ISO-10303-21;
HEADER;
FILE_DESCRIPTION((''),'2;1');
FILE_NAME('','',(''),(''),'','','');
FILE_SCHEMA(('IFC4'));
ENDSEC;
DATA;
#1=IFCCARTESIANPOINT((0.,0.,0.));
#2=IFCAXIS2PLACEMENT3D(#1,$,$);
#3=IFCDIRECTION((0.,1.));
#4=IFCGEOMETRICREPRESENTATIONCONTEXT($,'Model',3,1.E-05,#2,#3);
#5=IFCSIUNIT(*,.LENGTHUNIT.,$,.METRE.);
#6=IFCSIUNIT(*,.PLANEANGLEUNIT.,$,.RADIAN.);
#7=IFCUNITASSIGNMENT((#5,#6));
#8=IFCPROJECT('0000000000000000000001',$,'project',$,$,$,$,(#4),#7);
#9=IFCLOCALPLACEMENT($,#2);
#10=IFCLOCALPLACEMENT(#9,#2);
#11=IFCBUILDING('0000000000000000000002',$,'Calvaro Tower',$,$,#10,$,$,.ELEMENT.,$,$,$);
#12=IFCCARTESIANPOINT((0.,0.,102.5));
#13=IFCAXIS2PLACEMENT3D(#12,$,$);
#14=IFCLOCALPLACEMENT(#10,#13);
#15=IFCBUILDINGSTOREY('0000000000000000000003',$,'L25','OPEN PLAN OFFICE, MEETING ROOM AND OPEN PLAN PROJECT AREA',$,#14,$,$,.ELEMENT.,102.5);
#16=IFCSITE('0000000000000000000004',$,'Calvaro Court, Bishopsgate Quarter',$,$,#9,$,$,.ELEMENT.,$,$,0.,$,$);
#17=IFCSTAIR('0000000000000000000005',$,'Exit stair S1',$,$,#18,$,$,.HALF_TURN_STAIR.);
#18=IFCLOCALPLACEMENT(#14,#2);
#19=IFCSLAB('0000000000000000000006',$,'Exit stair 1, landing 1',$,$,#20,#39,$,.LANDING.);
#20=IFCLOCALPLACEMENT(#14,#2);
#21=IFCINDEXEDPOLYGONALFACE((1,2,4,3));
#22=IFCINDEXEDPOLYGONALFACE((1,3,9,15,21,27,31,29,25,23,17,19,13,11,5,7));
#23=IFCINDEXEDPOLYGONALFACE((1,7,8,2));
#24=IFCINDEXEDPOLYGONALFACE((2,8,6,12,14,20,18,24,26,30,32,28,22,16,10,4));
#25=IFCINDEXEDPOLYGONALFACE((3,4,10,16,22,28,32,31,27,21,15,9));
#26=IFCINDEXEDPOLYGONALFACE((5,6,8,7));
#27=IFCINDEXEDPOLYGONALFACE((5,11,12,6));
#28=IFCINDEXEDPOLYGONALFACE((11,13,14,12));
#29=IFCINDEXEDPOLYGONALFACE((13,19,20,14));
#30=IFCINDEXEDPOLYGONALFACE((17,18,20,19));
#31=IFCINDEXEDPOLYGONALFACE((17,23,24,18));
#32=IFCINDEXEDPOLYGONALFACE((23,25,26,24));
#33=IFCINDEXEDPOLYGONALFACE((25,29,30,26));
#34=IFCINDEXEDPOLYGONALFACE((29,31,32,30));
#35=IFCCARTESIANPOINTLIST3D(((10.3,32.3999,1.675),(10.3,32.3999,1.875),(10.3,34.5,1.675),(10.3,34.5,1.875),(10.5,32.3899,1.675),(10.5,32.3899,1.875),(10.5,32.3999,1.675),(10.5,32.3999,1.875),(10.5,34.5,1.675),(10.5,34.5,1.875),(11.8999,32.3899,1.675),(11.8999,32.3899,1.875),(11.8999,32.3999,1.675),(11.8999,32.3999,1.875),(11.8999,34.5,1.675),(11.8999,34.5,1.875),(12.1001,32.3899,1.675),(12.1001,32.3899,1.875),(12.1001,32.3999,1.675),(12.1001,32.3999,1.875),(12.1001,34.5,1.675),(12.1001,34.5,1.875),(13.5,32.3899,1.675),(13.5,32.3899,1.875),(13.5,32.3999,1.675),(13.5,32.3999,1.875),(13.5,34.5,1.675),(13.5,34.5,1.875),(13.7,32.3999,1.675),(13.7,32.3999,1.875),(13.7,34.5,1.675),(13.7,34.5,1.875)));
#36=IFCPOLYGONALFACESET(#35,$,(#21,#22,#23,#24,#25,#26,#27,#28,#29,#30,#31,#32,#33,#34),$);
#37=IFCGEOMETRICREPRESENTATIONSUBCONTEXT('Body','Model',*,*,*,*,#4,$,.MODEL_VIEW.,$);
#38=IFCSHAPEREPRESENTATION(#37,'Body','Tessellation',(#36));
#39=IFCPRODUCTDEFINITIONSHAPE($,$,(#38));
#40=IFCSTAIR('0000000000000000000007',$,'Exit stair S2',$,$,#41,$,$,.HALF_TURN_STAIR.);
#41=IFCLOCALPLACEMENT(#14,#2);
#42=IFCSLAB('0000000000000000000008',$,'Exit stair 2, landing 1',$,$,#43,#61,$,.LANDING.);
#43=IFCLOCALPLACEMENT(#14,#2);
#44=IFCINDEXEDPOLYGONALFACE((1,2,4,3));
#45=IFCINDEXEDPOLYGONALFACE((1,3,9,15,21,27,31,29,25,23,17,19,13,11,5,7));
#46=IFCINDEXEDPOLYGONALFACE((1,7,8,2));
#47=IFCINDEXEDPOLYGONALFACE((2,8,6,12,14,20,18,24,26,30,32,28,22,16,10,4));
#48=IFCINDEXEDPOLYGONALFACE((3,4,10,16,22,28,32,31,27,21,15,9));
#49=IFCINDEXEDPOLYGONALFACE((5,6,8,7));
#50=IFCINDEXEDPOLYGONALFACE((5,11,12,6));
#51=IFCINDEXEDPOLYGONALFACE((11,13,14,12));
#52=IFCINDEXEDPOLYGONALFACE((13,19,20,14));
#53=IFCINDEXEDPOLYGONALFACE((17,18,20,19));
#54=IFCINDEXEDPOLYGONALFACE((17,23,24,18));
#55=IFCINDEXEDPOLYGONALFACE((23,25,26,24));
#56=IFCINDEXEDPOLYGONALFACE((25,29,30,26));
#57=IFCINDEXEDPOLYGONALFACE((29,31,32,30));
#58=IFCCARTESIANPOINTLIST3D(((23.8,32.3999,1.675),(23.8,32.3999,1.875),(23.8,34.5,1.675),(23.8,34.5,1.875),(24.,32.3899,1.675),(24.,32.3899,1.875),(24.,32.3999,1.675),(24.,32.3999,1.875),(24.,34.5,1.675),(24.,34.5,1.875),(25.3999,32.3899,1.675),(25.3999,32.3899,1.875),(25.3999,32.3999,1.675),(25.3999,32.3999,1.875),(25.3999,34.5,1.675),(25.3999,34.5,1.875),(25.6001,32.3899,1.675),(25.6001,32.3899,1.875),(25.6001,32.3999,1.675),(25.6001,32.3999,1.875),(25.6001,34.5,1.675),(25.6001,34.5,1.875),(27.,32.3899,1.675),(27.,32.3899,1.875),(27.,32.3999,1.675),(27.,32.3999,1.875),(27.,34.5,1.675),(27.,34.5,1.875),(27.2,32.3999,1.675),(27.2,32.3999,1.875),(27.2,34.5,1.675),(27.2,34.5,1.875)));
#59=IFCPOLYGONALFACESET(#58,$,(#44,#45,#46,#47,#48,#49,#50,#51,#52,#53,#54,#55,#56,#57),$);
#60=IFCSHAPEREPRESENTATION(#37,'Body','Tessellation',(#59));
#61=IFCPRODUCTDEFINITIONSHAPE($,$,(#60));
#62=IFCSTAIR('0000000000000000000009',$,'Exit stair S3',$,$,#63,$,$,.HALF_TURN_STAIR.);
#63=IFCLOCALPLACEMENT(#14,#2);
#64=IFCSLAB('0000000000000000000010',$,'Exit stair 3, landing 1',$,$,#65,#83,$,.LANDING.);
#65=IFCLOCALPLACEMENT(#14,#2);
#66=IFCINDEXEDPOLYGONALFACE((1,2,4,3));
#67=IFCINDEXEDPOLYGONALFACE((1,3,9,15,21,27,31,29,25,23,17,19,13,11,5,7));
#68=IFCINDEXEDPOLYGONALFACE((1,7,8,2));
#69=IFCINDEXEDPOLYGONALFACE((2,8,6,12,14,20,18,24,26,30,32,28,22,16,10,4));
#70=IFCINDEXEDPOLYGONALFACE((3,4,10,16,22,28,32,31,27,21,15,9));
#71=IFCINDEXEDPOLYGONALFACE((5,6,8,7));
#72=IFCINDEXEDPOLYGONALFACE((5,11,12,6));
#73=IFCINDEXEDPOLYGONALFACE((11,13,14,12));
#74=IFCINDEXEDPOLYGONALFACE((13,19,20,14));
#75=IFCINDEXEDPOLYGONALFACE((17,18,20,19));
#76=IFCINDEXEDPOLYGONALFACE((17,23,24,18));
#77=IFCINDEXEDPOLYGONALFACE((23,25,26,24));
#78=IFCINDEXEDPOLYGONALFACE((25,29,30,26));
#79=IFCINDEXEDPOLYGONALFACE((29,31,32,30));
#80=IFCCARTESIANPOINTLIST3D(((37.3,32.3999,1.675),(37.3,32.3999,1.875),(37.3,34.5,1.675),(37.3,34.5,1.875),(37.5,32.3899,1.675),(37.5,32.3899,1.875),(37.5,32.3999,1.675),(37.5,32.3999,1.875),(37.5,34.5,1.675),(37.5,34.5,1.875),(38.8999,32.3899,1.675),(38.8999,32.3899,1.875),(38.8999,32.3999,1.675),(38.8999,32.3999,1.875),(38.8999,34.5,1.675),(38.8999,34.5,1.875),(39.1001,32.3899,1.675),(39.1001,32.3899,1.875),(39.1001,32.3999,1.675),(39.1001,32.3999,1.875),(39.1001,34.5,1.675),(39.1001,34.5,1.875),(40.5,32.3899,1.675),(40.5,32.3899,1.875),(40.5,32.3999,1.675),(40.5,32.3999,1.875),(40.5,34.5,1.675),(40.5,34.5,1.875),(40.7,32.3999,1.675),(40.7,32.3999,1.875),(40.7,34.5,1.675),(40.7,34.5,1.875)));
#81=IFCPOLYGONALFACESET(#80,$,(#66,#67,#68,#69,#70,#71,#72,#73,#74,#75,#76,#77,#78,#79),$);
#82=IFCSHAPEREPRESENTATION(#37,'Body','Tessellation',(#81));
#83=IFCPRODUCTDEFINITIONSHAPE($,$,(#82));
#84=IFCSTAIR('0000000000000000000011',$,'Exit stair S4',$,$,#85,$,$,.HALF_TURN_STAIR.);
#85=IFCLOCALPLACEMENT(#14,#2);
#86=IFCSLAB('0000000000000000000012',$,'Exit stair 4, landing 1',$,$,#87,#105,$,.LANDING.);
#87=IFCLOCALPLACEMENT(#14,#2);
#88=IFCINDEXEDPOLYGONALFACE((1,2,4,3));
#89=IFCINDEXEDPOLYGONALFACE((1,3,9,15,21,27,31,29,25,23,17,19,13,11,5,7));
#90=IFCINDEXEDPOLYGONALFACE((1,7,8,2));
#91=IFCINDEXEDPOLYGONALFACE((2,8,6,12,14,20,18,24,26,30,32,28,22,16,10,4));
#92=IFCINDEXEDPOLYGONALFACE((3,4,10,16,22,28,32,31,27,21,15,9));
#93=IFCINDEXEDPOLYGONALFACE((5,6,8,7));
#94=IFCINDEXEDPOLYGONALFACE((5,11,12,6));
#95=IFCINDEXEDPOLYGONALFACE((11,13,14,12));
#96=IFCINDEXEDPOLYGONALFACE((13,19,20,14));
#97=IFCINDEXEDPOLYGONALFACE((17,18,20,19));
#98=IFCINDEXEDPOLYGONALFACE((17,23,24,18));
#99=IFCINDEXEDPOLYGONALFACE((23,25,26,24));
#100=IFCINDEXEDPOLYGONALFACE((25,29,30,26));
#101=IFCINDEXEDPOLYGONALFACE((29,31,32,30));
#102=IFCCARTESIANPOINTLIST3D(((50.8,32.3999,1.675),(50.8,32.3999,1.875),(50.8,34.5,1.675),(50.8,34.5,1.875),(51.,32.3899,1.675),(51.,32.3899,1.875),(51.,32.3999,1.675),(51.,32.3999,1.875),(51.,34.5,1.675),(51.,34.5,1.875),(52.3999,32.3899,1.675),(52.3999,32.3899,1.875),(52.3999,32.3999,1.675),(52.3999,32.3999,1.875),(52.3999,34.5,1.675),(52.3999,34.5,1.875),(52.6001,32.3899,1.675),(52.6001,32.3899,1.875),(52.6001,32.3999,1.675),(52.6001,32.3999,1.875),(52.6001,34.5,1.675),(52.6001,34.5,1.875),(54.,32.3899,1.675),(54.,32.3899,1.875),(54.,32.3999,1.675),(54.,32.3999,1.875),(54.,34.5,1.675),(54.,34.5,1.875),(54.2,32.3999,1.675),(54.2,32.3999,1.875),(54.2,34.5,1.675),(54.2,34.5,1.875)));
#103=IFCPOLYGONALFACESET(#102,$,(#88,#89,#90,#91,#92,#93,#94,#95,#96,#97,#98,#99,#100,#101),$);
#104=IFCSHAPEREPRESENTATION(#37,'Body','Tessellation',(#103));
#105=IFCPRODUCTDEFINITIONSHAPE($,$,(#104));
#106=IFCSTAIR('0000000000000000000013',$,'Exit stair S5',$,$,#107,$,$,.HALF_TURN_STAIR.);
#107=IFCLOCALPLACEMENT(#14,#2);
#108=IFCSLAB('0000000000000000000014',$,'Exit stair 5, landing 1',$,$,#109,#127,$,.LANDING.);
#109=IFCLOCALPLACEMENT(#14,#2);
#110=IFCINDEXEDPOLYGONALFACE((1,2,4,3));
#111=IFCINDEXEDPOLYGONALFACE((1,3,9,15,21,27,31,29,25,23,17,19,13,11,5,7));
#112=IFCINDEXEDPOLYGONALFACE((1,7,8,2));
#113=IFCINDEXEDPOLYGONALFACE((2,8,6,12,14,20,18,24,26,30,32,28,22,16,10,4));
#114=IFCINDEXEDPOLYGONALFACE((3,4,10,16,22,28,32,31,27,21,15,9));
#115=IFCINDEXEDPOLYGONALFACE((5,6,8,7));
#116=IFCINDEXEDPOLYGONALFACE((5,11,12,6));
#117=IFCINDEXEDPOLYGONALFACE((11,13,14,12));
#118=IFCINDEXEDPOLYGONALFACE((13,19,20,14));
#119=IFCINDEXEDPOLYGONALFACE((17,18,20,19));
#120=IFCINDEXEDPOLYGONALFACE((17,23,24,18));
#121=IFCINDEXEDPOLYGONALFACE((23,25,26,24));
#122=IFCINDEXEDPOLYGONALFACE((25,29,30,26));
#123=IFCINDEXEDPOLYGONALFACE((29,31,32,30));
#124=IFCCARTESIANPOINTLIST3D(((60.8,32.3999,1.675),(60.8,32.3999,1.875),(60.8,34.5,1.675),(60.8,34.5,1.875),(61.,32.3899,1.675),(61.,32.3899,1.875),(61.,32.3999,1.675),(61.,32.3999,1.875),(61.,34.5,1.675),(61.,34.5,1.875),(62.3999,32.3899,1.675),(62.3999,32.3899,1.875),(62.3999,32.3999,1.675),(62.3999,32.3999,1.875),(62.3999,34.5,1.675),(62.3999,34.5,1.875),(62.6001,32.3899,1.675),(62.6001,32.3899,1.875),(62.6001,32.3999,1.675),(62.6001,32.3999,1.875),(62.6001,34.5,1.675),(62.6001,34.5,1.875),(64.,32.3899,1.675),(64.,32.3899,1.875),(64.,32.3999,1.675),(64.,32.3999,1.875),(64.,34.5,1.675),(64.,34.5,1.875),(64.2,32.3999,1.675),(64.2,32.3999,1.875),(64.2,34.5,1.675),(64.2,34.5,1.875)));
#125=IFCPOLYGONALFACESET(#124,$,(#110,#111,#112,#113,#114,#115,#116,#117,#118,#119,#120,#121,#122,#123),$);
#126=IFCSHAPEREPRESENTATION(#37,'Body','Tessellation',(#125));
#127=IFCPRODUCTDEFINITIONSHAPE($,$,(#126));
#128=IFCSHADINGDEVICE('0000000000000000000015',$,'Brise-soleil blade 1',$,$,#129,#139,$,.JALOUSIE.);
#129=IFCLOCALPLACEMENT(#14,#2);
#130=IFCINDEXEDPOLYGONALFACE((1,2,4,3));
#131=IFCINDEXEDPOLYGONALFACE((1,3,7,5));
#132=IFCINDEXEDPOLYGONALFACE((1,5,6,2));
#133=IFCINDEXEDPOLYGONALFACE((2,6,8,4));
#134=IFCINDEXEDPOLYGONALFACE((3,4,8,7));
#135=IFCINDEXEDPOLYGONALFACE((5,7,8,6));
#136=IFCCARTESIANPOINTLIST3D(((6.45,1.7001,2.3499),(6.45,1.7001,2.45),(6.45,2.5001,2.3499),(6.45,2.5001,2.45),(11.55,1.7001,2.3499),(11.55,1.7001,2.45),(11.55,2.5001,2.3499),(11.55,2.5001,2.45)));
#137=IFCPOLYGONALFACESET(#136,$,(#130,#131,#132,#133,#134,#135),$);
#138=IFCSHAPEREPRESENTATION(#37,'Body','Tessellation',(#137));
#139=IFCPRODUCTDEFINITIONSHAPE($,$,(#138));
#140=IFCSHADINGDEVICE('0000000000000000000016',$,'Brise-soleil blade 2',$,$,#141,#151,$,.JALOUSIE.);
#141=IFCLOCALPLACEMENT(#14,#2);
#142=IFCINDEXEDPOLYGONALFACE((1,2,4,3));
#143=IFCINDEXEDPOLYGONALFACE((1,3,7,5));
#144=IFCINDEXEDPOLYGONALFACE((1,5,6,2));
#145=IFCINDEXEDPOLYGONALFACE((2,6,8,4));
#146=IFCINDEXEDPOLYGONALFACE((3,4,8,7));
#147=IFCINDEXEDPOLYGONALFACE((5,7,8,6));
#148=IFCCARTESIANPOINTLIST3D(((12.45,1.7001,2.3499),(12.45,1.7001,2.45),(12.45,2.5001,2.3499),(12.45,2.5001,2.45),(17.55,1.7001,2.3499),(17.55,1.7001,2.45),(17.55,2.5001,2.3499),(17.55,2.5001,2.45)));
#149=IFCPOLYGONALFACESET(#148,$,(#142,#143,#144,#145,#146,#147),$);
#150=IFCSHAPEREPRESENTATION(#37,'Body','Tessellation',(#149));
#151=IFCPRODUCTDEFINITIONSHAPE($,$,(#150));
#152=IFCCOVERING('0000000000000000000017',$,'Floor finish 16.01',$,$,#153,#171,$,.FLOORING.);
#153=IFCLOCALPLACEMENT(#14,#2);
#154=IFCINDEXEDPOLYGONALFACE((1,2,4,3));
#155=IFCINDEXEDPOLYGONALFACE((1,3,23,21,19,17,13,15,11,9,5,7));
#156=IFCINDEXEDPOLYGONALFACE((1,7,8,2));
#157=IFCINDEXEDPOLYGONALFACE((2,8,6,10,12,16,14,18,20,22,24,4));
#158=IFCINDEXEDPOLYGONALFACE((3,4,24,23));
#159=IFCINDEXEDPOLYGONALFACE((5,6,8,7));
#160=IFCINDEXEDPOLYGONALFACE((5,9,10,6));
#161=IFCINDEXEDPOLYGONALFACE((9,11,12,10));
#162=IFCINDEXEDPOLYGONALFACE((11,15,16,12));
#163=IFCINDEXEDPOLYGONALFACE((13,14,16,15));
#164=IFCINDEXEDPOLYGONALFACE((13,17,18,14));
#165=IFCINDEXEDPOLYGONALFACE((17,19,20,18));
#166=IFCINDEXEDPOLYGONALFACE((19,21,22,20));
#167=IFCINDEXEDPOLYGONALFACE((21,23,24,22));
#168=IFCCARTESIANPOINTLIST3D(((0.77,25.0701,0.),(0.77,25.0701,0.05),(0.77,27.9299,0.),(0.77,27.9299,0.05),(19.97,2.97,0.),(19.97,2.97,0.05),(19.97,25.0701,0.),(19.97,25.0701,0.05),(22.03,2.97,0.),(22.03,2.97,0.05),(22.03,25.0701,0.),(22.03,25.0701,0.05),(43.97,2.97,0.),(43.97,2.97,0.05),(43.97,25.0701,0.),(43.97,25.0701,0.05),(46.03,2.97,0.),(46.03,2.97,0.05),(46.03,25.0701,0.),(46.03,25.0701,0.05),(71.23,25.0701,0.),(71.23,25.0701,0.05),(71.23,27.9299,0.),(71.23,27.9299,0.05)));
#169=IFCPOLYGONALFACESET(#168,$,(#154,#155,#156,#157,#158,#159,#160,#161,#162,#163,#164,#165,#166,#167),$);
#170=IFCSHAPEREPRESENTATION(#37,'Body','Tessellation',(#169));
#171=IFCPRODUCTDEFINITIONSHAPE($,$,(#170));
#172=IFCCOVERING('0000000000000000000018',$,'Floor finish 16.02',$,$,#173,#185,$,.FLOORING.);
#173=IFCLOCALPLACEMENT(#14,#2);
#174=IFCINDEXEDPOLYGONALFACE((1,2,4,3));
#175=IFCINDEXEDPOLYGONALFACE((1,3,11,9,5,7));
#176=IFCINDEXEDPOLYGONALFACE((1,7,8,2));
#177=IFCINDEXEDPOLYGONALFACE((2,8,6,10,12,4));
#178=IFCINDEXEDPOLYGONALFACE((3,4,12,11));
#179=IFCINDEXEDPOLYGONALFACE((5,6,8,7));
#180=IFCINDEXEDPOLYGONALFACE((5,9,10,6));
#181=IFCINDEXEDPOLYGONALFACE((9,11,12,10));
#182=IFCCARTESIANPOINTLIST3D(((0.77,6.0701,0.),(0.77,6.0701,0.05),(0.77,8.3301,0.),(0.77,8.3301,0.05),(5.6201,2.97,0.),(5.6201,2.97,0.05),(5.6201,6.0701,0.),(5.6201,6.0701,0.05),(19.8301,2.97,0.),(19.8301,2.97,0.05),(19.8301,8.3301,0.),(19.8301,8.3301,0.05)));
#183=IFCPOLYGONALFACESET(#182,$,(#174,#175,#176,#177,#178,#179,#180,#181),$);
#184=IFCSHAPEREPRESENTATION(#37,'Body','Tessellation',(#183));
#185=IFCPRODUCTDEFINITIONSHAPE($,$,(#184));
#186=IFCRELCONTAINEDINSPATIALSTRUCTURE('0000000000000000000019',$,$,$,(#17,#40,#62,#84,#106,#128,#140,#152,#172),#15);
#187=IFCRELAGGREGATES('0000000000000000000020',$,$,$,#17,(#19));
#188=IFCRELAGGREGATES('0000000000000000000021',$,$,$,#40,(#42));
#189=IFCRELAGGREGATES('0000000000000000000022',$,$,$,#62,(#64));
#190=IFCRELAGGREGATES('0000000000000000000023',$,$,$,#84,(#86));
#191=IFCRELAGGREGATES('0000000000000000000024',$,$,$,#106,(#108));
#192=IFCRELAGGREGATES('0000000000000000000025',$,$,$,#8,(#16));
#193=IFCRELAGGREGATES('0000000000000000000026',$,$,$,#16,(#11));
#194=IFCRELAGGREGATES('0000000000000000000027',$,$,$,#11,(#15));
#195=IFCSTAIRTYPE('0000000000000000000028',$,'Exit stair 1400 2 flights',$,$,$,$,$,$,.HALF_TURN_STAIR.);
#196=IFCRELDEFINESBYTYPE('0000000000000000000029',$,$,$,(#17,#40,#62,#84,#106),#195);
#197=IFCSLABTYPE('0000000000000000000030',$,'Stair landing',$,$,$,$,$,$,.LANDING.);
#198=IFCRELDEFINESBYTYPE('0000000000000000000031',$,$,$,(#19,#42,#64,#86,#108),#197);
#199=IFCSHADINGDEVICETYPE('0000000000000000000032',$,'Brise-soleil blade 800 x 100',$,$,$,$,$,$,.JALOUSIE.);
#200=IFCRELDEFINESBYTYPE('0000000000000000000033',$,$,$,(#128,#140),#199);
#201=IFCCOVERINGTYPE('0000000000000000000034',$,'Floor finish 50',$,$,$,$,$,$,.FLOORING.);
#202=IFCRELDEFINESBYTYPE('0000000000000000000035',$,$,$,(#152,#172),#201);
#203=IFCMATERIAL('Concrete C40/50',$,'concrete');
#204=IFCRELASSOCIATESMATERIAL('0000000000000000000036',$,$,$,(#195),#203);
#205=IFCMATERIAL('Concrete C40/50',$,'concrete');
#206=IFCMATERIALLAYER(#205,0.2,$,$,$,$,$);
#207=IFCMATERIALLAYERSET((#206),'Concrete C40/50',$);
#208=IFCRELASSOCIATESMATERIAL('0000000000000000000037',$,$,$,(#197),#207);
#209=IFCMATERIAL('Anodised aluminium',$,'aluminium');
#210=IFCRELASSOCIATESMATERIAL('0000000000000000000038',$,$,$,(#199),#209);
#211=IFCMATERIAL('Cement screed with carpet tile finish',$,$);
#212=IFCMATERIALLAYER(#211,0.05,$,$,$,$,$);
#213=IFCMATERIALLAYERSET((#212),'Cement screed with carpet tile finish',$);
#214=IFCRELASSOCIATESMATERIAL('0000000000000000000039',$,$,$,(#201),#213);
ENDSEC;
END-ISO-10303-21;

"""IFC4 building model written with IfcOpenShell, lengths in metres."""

from ifc_helpers import new_model, si_unit, direction, frame, origin, origin_2d, place, context, subcontext, project, spatial, polyline, rectangle, outline, extrude, material, layer, layer_set, material_profile, profile_set, type_object, element, aggregate, save


model = new_model("IFC4")

# Units and contexts
model_context = context("Model", 3, precision=1e-05, world=origin(), true_north=direction((0.0, 1.0)))
body_context = subcontext(model_context, "Body", "Model", "MODEL_VIEW")
ifc_project = project(units=[si_unit("LENGTHUNIT", "METRE"), si_unit("PLANEANGLEUNIT", "RADIAN")], contexts=[model_context])

# Site, building, storey
site_placement = place(None, origin())
site = spatial("IfcSite", under=ifc_project, at=site_placement, Name="Calvaro Court, Bishopsgate Quarter", CompositionType="ELEMENT", RefElevation=0.0)
building_placement = place(site_placement, origin())
building = spatial("IfcBuilding", under=site, at=building_placement, Name="Calvaro Tower", CompositionType="ELEMENT")
storey_placement = place(building_placement, frame((0.0, 0.0, 102.5)))
storey = spatial("IfcBuildingStorey", under=building, at=storey_placement, Name="L25", Description="OPEN PLAN OFFICE, MEETING ROOM AND OPEN PLAN PROJECT AREA", CompositionType="ELEMENT", Elevation=102.5)

# Stairs, slabs
ifc_material_1 = material(Name="Concrete C40/50", Category="concrete")
stair_type = type_object("IfcStairType", Name="Exit stair 1400 2 flights", PredefinedType="HALF_TURN_STAIR", material=ifc_material_1)
stair_1_placement = place(storey_placement, origin())
stair_1 = element("IfcStair", 1, at=stair_1_placement, inside=storey, type_object=stair_type, Name="Exit stair S1", PredefinedType="HALF_TURN_STAIR")
ifc_material_2 = material(Name="Concrete C40/50", Category="concrete")
ifc_layer_1 = layer(ifc_material_2, 0.2)
ifc_layer_set_1 = layer_set([ifc_layer_1], Name="Concrete C40/50")
slab_type_1 = type_object("IfcSlabType", Name="Stair landing", PredefinedType="LANDING", material=ifc_layer_set_1)
slab_1_placement = place(storey_placement, frame((0.0, 0.0, 1.675)))
slab_1 = element("IfcSlab", 2, at=slab_1_placement, type_object=slab_type_1, Name="Exit stair 1, landing 1", PredefinedType="LANDING", context=body_context, shape_type="SweptSolid", body=[
    extrude(outline(polyline([(11.8999, 32.3899), (10.5, 32.3899), (10.5, 32.3999), (10.3, 32.3999), (10.3, 34.5), (10.5, 34.5), (11.8999, 34.5), (12.1001, 34.5), (13.5, 34.5), (13.7, 34.5), (13.7, 32.3999), (13.5, 32.3999), (13.5, 32.3899), (12.1001, 32.3899), (12.1001, 32.3999), (11.8999, 32.3999), (11.8999, 32.3899)])), origin(), (0.0, 0.0, 1.0), 0.2),
])
aggregate(stair_1, [slab_1])
stair_2_placement = place(storey_placement, origin())
stair_2 = element("IfcStair", 3, at=stair_2_placement, inside=storey, type_object=stair_type, Name="Exit stair S2", PredefinedType="HALF_TURN_STAIR")
slab_2_placement = place(storey_placement, frame((0.0, 0.0, 1.675)))
slab_2 = element("IfcSlab", 4, at=slab_2_placement, type_object=slab_type_1, Name="Exit stair 2, landing 1", PredefinedType="LANDING", context=body_context, shape_type="SweptSolid", body=[
    extrude(outline(polyline([(25.3999, 32.3899), (24.0, 32.3899), (24.0, 32.3999), (23.8, 32.3999), (23.8, 34.5), (24.0, 34.5), (25.3999, 34.5), (25.6001, 34.5), (27.0, 34.5), (27.2, 34.5), (27.2, 32.3999), (27.0, 32.3999), (27.0, 32.3899), (25.6001, 32.3899), (25.6001, 32.3999), (25.3999, 32.3999), (25.3999, 32.3899)])), origin(), (0.0, 0.0, 1.0), 0.2),
])
aggregate(stair_2, [slab_2])
stair_3_placement = place(storey_placement, origin())
stair_3 = element("IfcStair", 5, at=stair_3_placement, inside=storey, type_object=stair_type, Name="Exit stair S3", PredefinedType="HALF_TURN_STAIR")
slab_3_placement = place(storey_placement, frame((0.0, 0.0, 1.675)))
slab_3 = element("IfcSlab", 6, at=slab_3_placement, type_object=slab_type_1, Name="Exit stair 3, landing 1", PredefinedType="LANDING", context=body_context, shape_type="SweptSolid", body=[
    extrude(outline(polyline([(38.8999, 32.3899), (37.5, 32.3899), (37.5, 32.3999), (37.3, 32.3999), (37.3, 34.5), (37.5, 34.5), (38.8999, 34.5), (39.1001, 34.5), (40.5, 34.5), (40.7, 34.5), (40.7, 32.3999), (40.5, 32.3999), (40.5, 32.3899), (39.1001, 32.3899), (39.1001, 32.3999), (38.8999, 32.3999), (38.8999, 32.3899)])), origin(), (0.0, 0.0, 1.0), 0.2),
])
aggregate(stair_3, [slab_3])
stair_4_placement = place(storey_placement, origin())
stair_4 = element("IfcStair", 7, at=stair_4_placement, inside=storey, type_object=stair_type, Name="Exit stair S4", PredefinedType="HALF_TURN_STAIR")
slab_4_placement = place(storey_placement, frame((0.0, 0.0, 1.675)))
slab_4 = element("IfcSlab", 8, at=slab_4_placement, type_object=slab_type_1, Name="Exit stair 4, landing 1", PredefinedType="LANDING", context=body_context, shape_type="SweptSolid", body=[
    extrude(outline(polyline([(52.3999, 32.3899), (51.0, 32.3899), (51.0, 32.3999), (50.8, 32.3999), (50.8, 34.5), (51.0, 34.5), (52.3999, 34.5), (52.6001, 34.5), (54.0, 34.5), (54.2, 34.5), (54.2, 32.3999), (54.0, 32.3999), (54.0, 32.3899), (52.6001, 32.3899), (52.6001, 32.3999), (52.3999, 32.3999), (52.3999, 32.3899)])), origin(), (0.0, 0.0, 1.0), 0.2),
])
aggregate(stair_4, [slab_4])
stair_5_placement = place(storey_placement, origin())
stair_5 = element("IfcStair", 9, at=stair_5_placement, inside=storey, type_object=stair_type, Name="Exit stair S5", PredefinedType="HALF_TURN_STAIR")
slab_5_placement = place(storey_placement, frame((0.0, 0.0, 1.675)))
slab_5 = element("IfcSlab", 10, at=slab_5_placement, type_object=slab_type_1, Name="Exit stair 5, landing 1", PredefinedType="LANDING", context=body_context, shape_type="SweptSolid", body=[
    extrude(outline(polyline([(62.3999, 32.3899), (61.0, 32.3899), (61.0, 32.3999), (60.8, 32.3999), (60.8, 34.5), (61.0, 34.5), (62.3999, 34.5), (62.6001, 34.5), (64.0, 34.5), (64.2, 34.5), (64.2, 32.3999), (64.0, 32.3999), (64.0, 32.3899), (62.6001, 32.3899), (62.6001, 32.3999), (62.3999, 32.3999), (62.3999, 32.3899)])), origin(), (0.0, 0.0, 1.0), 0.2),
])
aggregate(stair_5, [slab_5])

# Shading devices
ifc_material_3 = material(Name="Anodised aluminium", Category="aluminium")
ifc_material_profile_1 = material_profile(ifc_material_3, rectangle(XDim=0.8, YDim=0.1001, at=origin_2d()), Name="Brise-soleil blade 800 x 100")
ifc_profile_set_1 = profile_set([ifc_material_profile_1], Name="Anodised aluminium")
shading_device_type = type_object("IfcShadingDeviceType", Name="Brise-soleil blade 800 x 100", PredefinedType="JALOUSIE", material=ifc_profile_set_1)
for number, where, z_axis, x_axis, name in (
    (11, (6.45, 2.1001, 2.3999), (1.0, 0.0, 0.0), (0.0, 1.0, 0.0), "Brise-soleil blade 1"),
    (12, (12.45, 2.1001, 2.3999), (1.0, 0.0, 0.0), (0.0, 1.0, 0.0), "Brise-soleil blade 2"),
):
    element("IfcShadingDevice", number, at=place(storey_placement, frame(where, z_axis=z_axis, x_axis=x_axis)), inside=storey, type_object=shading_device_type, Name=name, PredefinedType="JALOUSIE", context=body_context, shape_type="SweptSolid", body=[
        extrude(rectangle(XDim=0.8, YDim=0.1001, at=origin_2d()), origin(), (0.0, 0.0, 1.0), 5.1001),
    ])

# Coverings
ifc_material_4 = material(Name="Cement screed with carpet tile finish")
ifc_layer_2 = layer(ifc_material_4, 0.05)
ifc_layer_set_2 = layer_set([ifc_layer_2], Name="Cement screed with carpet tile finish")
covering_type = type_object("IfcCoveringType", Name="Floor finish 50", PredefinedType="FLOORING", material=ifc_layer_set_2)
covering_1_placement = place(storey_placement, origin())
element("IfcCovering", 13, at=covering_1_placement, inside=storey, type_object=covering_type, Name="Floor finish 16.01", PredefinedType="FLOORING", context=body_context, shape_type="SweptSolid", body=[
    extrude(outline(polyline([(19.97, 2.97), (19.97, 25.0701), (0.77, 25.0701), (0.77, 27.9299), (71.23, 27.9299), (71.23, 25.0701), (46.03, 25.0701), (46.03, 2.97), (43.97, 2.97), (43.97, 25.0701), (22.03, 25.0701), (22.03, 2.97), (19.97, 2.97)])), origin(), (0.0, 0.0, 1.0), 0.05),
])
covering_2_placement = place(storey_placement, origin())
element("IfcCovering", 14, at=covering_2_placement, inside=storey, type_object=covering_type, Name="Floor finish 16.02", PredefinedType="FLOORING", context=body_context, shape_type="SweptSolid", body=[
    extrude(outline(polyline([(19.8301, 8.3301), (19.8301, 2.97), (5.6201, 2.97), (5.6201, 6.0701), (0.77, 6.0701), (0.77, 8.3301), (19.8301, 8.3301)])), origin(), (0.0, 0.0, 1.0), 0.05),
])

save(model, "model.ifc")
